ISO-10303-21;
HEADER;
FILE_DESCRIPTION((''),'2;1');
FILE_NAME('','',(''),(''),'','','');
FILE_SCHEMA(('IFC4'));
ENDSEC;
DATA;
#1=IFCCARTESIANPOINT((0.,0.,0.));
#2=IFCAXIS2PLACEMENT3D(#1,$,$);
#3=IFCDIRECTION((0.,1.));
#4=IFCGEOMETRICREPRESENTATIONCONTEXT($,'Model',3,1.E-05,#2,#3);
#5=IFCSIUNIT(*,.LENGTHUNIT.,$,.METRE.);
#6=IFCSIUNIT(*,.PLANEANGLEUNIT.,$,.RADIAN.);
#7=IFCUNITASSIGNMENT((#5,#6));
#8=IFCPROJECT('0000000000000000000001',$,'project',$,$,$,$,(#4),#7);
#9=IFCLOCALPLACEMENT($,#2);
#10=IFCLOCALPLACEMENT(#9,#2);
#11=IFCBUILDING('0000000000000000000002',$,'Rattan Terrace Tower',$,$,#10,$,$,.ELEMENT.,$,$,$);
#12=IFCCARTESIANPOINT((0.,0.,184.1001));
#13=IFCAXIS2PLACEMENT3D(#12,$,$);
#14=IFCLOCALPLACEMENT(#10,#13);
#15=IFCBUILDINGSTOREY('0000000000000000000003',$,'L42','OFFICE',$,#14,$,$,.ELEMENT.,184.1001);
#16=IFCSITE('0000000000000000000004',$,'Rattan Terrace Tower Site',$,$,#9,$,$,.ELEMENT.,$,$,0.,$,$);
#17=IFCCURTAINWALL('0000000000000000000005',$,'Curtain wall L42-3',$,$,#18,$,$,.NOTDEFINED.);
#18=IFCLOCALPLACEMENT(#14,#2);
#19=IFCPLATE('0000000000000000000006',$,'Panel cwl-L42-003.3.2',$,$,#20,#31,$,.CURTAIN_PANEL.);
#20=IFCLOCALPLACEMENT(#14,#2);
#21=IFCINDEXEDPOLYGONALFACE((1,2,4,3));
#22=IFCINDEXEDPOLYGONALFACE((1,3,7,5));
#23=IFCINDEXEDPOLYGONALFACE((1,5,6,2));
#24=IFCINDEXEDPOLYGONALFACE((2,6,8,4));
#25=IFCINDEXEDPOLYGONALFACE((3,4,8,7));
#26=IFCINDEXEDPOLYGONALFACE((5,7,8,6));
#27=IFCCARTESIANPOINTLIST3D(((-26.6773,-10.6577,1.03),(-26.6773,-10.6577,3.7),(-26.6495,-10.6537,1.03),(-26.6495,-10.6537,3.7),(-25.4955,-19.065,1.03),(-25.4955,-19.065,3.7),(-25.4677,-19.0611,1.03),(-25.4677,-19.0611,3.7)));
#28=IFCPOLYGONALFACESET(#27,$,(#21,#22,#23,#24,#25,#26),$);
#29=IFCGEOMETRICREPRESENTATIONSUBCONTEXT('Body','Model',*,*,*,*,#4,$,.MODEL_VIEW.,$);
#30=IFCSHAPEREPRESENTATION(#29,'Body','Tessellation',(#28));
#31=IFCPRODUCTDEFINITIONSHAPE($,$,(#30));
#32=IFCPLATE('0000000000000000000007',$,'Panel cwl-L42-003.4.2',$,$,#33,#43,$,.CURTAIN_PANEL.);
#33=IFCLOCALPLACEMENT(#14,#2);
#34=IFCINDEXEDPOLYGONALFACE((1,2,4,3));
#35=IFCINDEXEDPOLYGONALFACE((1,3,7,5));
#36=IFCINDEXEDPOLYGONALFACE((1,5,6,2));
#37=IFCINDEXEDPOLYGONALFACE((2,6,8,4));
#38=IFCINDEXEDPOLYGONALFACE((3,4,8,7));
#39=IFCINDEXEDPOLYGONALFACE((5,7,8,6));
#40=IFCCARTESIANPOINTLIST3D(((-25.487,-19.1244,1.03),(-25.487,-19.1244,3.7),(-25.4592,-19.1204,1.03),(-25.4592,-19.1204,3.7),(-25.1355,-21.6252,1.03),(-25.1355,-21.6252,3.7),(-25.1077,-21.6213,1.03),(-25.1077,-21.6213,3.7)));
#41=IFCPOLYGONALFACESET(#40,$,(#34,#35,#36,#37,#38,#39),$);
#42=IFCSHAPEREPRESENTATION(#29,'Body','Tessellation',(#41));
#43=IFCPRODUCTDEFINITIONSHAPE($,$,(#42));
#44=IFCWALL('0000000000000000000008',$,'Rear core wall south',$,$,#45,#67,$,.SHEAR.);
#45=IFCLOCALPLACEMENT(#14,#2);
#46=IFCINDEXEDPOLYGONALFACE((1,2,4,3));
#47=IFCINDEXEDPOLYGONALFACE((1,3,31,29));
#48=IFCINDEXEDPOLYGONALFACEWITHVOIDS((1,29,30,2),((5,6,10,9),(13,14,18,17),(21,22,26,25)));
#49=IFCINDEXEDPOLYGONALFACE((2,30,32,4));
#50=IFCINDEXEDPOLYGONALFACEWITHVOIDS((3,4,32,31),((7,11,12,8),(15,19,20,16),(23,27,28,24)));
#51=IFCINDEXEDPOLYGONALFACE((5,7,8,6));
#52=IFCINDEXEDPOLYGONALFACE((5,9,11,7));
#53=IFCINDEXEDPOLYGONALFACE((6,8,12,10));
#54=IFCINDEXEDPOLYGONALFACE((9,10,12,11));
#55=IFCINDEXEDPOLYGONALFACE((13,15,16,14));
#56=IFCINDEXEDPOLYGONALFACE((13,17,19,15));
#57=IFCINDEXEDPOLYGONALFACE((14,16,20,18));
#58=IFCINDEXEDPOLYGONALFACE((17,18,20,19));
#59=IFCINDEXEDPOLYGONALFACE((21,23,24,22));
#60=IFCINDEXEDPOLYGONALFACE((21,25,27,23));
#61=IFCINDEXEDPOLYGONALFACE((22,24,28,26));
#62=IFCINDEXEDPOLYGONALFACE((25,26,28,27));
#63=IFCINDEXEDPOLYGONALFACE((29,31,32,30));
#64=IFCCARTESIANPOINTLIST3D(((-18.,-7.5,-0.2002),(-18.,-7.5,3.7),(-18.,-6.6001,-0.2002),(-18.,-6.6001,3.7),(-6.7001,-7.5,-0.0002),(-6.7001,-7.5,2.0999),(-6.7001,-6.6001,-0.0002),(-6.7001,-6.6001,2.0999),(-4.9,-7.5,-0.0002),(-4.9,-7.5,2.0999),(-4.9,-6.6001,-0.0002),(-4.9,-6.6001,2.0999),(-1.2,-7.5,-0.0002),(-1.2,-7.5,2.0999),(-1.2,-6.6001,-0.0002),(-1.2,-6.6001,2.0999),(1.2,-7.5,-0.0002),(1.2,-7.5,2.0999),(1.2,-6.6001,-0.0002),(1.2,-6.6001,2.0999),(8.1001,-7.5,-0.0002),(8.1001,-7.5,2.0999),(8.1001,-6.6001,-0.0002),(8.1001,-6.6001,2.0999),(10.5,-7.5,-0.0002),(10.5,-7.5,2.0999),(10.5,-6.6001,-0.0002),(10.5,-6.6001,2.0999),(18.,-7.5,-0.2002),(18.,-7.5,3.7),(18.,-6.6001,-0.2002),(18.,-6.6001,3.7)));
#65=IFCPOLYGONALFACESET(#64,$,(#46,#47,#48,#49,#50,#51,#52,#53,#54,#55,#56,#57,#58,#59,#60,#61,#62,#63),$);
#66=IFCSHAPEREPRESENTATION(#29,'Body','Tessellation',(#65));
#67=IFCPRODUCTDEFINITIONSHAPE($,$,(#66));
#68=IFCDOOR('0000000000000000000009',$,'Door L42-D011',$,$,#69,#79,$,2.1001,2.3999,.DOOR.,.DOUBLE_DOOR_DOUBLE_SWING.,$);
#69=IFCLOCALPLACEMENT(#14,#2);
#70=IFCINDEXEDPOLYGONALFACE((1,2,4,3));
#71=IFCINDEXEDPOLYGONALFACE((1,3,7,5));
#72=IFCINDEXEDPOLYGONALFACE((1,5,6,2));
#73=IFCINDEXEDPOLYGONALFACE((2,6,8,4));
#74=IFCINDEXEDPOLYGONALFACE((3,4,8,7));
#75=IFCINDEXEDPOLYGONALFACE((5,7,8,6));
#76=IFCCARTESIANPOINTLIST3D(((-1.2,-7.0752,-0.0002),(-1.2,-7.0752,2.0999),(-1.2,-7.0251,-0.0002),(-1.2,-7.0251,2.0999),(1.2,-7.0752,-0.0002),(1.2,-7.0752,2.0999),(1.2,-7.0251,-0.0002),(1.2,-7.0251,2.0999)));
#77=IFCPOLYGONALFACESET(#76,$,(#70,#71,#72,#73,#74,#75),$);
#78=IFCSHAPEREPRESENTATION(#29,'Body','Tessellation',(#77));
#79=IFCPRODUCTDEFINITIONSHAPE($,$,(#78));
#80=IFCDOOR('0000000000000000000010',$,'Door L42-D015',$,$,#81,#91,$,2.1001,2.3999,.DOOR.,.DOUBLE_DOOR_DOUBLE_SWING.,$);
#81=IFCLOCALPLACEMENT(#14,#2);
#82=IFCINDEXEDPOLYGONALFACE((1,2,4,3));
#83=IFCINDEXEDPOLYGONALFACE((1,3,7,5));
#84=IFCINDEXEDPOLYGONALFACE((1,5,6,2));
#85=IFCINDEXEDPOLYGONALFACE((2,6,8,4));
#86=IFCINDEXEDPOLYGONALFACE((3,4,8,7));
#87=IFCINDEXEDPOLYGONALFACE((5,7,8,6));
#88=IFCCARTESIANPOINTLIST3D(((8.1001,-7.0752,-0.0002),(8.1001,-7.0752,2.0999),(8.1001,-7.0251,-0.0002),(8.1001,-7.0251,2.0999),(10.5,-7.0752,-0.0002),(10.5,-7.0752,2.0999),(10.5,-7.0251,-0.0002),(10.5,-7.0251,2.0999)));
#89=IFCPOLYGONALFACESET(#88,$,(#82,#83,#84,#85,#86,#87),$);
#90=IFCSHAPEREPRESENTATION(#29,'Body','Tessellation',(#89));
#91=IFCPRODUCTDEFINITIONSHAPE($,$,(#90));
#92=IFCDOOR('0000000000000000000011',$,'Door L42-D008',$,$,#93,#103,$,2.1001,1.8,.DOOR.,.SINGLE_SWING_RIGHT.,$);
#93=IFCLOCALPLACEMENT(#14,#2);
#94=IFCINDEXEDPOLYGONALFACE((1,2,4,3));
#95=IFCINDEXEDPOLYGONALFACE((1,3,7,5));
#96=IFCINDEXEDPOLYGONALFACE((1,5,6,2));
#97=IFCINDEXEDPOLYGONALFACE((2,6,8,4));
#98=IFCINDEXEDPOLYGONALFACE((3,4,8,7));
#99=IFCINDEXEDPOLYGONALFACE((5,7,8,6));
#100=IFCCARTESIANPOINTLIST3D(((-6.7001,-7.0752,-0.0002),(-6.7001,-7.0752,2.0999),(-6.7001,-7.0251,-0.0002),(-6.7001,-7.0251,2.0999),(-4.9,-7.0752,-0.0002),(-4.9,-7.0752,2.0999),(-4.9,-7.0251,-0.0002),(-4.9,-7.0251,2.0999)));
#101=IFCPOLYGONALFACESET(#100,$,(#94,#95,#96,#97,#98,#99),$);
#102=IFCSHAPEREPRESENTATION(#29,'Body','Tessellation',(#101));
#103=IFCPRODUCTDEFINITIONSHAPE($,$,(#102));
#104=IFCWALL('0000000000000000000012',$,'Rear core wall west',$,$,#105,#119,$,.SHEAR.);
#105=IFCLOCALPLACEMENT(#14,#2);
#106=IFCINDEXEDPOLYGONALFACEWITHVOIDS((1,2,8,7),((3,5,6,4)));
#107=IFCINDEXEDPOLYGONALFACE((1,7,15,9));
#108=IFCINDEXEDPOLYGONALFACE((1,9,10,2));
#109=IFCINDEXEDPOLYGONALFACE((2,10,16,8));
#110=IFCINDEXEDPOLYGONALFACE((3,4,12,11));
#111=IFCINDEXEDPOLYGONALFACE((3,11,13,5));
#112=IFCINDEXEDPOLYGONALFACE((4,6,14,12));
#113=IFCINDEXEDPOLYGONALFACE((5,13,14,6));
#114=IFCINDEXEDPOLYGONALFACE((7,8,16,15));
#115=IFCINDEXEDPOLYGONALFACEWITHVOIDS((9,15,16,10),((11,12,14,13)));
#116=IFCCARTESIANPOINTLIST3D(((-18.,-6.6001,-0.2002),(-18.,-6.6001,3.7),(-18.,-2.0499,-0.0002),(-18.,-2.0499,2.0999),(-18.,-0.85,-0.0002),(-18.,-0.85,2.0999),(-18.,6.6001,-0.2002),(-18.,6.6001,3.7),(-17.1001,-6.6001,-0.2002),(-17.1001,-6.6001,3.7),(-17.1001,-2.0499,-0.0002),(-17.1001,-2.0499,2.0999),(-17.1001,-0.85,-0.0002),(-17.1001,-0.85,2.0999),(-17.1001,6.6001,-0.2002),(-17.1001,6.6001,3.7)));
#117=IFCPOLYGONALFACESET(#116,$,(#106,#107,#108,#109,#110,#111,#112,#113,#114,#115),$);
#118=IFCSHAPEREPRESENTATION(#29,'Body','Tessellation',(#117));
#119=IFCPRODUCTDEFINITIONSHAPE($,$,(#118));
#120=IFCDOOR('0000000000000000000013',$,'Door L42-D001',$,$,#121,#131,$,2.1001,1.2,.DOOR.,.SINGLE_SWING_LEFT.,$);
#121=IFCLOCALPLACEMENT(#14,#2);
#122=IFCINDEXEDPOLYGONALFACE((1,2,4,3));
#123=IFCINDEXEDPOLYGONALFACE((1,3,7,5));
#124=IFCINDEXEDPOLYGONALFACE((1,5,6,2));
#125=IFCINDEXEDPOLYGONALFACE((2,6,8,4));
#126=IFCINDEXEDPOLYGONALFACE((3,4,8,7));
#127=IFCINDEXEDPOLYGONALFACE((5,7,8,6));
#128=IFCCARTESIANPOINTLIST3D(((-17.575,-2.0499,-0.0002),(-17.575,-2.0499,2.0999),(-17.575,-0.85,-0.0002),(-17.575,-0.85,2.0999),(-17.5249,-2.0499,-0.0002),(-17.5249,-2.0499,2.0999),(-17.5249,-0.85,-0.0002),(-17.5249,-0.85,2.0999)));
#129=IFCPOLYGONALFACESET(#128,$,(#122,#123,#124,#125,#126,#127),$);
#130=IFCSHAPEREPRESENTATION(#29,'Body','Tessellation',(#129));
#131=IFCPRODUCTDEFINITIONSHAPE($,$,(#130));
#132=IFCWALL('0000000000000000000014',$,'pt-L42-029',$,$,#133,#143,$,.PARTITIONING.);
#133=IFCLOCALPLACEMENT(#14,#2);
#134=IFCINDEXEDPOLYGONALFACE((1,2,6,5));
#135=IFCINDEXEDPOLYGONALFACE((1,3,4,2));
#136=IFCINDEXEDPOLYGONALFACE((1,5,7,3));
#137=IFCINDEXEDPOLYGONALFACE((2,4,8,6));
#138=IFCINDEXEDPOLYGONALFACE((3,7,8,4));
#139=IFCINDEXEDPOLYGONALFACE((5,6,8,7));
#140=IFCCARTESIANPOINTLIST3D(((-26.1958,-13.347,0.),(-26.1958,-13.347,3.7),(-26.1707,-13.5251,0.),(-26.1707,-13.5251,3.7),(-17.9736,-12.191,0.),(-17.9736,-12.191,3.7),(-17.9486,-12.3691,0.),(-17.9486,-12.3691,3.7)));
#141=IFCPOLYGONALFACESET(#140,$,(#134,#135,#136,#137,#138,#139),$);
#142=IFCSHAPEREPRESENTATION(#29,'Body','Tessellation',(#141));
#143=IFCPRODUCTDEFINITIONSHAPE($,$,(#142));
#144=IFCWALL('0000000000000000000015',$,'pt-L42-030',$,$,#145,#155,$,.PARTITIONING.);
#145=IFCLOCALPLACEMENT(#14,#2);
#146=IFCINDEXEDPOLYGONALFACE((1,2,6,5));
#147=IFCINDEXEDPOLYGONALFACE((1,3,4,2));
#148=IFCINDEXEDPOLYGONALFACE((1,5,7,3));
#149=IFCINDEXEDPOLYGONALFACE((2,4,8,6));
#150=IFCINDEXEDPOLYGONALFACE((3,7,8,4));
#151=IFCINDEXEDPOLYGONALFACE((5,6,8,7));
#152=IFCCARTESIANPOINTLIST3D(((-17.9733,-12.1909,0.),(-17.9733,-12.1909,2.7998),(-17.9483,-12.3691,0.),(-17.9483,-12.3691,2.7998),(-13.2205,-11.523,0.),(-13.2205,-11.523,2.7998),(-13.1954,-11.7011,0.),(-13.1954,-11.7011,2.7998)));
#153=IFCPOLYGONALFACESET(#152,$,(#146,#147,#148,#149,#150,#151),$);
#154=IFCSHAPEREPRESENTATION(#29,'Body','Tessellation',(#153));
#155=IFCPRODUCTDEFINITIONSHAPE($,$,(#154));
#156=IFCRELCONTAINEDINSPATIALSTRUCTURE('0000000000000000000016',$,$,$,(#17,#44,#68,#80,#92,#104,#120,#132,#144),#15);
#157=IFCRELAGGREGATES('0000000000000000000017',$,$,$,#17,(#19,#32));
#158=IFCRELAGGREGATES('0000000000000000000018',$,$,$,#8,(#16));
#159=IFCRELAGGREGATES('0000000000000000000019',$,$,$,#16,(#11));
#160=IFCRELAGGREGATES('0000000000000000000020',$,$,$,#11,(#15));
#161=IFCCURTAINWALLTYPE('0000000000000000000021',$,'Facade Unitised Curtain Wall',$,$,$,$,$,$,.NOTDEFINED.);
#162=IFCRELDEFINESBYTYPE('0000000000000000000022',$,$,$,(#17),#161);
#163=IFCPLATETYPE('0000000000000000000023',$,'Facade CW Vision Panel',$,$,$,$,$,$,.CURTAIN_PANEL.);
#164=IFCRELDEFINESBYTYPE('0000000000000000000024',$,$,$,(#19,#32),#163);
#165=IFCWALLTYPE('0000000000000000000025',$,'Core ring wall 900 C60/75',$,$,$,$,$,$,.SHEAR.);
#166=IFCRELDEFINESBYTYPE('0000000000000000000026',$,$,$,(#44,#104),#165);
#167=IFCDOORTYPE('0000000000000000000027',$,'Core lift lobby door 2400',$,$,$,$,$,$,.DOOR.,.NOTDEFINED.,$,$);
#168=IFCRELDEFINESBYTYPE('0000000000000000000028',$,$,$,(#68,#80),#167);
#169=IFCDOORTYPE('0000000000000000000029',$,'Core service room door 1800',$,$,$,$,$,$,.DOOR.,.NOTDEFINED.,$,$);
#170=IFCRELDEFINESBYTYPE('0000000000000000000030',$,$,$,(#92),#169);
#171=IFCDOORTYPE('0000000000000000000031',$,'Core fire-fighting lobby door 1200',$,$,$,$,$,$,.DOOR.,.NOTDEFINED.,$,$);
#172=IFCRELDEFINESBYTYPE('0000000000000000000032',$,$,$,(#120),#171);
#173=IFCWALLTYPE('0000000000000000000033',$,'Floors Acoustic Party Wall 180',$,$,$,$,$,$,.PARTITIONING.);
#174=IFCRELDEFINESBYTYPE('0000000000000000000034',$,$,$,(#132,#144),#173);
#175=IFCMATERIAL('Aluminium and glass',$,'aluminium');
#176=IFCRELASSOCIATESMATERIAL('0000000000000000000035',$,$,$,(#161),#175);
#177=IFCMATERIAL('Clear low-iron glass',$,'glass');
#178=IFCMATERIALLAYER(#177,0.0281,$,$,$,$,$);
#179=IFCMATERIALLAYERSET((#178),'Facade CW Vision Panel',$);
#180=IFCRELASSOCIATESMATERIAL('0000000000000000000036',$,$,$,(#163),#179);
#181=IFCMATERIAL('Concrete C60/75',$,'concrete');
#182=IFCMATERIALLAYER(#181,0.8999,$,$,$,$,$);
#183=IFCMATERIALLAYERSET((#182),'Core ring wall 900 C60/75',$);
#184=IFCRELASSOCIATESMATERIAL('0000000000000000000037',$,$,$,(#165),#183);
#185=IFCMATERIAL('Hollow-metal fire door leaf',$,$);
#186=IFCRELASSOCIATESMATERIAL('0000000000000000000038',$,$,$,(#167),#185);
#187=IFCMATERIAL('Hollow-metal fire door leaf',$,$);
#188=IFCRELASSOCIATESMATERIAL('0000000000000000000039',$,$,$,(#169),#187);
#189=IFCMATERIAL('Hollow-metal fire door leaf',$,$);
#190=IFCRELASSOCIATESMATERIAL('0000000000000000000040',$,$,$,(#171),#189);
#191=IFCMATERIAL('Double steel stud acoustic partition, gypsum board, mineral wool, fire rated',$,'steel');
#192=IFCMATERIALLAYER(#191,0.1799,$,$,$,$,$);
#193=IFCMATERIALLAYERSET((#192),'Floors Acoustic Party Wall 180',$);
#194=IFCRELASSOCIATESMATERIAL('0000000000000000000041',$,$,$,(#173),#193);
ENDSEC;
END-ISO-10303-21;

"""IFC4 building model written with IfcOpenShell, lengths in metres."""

from ifc_helpers import new_model, si_unit, direction, frame, frame_2d, origin, origin_2d, place, context, subcontext, project, spatial, rectangle, extrude, material, layer, layer_set, type_object, element, fill, aggregate, save


model = new_model("IFC4")

# Units and contexts
model_context = context("Model", 3, precision=1e-05, world=origin(), true_north=direction((0.0, 1.0)))
body_context = subcontext(model_context, "Body", "Model", "MODEL_VIEW")
ifc_project = project(units=[si_unit("LENGTHUNIT", "METRE"), si_unit("PLANEANGLEUNIT", "RADIAN")], contexts=[model_context])

# Site, building, storey
site_placement = place(None, origin())
site = spatial("IfcSite", under=ifc_project, at=site_placement, Name="Rattan Terrace Tower Site", CompositionType="ELEMENT", RefElevation=0.0)
building_placement = place(site_placement, origin())
building = spatial("IfcBuilding", under=site, at=building_placement, Name="Rattan Terrace Tower", CompositionType="ELEMENT")
storey_placement = place(building_placement, frame((0.0, 0.0, 184.1001)))
storey = spatial("IfcBuildingStorey", under=building, at=storey_placement, Name="L42", Description="OFFICE", CompositionType="ELEMENT", Elevation=184.1001)

# Curtain wall
ifc_material_1 = material(Name="Aluminium and glass", Category="aluminium")
curtain_wall_type = type_object("IfcCurtainWallType", Name="Facade Unitised Curtain Wall", PredefinedType="NOTDEFINED", material=ifc_material_1)
curtain_wall_placement = place(storey_placement, origin())
curtain_wall = element("IfcCurtainWall", 1, at=curtain_wall_placement, inside=storey, type_object=curtain_wall_type, Name="Curtain wall L42-3", PredefinedType="NOTDEFINED")

# Plates
ifc_material_2 = material(Name="Clear low-iron glass", Category="glass")
ifc_layer_1 = layer(ifc_material_2, 0.0281)
ifc_layer_set_1 = layer_set([ifc_layer_1], Name="Facade CW Vision Panel")
plate_type_1 = type_object("IfcPlateType", Name="Facade CW Vision Panel", PredefinedType="CURTAIN_PANEL", material=ifc_layer_set_1)
plate_1_placement = place(storey_placement, frame((-26.0725, -14.8594, 1.03), z_axis=(0.0, 0.0, 1.0), x_axis=(0.139191, -0.990266, 0.0)))
plate_1 = element("IfcPlate", 2, at=plate_1_placement, type_object=plate_type_1, Name="Panel cwl-L42-003.3.2", PredefinedType="CURTAIN_PANEL", context=body_context, shape_type="SweptSolid", body=[
    extrude(rectangle(XDim=8.49, YDim=0.0281, at=origin_2d()), origin(), (0.0, 0.0, 1.0), 2.6699),
])
plate_2_placement = place(storey_placement, frame((-25.2974, -20.3728, 1.03), z_axis=(0.0, 0.0, 1.0), x_axis=(0.139191, -0.990266, 0.0)))
plate_2 = element("IfcPlate", 3, at=plate_2_placement, type_object=plate_type_1, Name="Panel cwl-L42-003.4.2", PredefinedType="CURTAIN_PANEL", context=body_context, shape_type="SweptSolid", body=[
    extrude(rectangle(XDim=2.5254, YDim=0.0281, at=origin_2d()), origin(), (0.0, 0.0, 1.0), 2.6699),
])
aggregate(curtain_wall, [plate_1, plate_2])

# Wall, openings, doors
ifc_material_3 = material(Name="Concrete C60/75", Category="concrete")
ifc_layer_2 = layer(ifc_material_3, 0.8999)
ifc_layer_set_2 = layer_set([ifc_layer_2], Name="Core ring wall 900 C60/75")
wall_type_1 = type_object("IfcWallType", Name="Core ring wall 900 C60/75", PredefinedType="SHEAR", material=ifc_layer_set_2)
wall_1_placement = place(storey_placement, frame((-18.0, -7.05, -0.2002), z_axis=(0.0, 0.0, 1.0), x_axis=(1.0, 0.0, 0.0)))
wall_1 = element("IfcWall", 4, at=wall_1_placement, inside=storey, type_object=wall_type_1, Name="Rear core wall south", PredefinedType="SHEAR", context=body_context, shape_type="SweptSolid", body=[
    extrude(rectangle(XDim=36.0, YDim=0.8999, at=frame_2d((18.0, 0.0))), origin(), (0.0, 0.0, 1.0), 3.9001),
])
opening_1_placement = place(wall_1_placement, frame((11.3, 0.0, 0.2)))
opening_1 = element("IfcOpeningElement", 5, at=opening_1_placement, cuts=wall_1, PredefinedType="OPENING", context=body_context, shape_type="SweptSolid", body=[
    extrude(rectangle(XDim=1.8, YDim=2.1001, at=frame_2d((0.8999, 1.05))), frame((0.0, 0.4604, 0.0), z_axis=(0.0, -1.0, 0.0), x_axis=(1.0, 0.0, 0.0)), (0.0, 0.0, 1.0), 0.9209),
])
opening_2_placement = place(wall_1_placement, frame((16.8, 0.0, 0.2)))
opening_2 = element("IfcOpeningElement", 6, at=opening_2_placement, cuts=wall_1, PredefinedType="OPENING", context=body_context, shape_type="SweptSolid", body=[
    extrude(rectangle(XDim=2.3999, YDim=2.1001, at=frame_2d((1.2, 1.05))), frame((0.0, 0.4604, 0.0), z_axis=(0.0, -1.0, 0.0), x_axis=(1.0, 0.0, 0.0)), (0.0, 0.0, 1.0), 0.9209),
])
opening_3_placement = place(wall_1_placement, frame((26.1001, 0.0, 0.2)))
opening_3 = element("IfcOpeningElement", 7, at=opening_3_placement, cuts=wall_1, PredefinedType="OPENING", context=body_context, shape_type="SweptSolid", body=[
    extrude(rectangle(XDim=2.3999, YDim=2.1001, at=frame_2d((1.2, 1.05))), frame((0.0, 0.4604, 0.0), z_axis=(0.0, -1.0, 0.0), x_axis=(1.0, 0.0, 0.0)), (0.0, 0.0, 1.0), 0.9209),
])
ifc_material_4 = material(Name="Hollow-metal fire door leaf")
door_type_1 = type_object("IfcDoorType", Name="Core lift lobby door 2400", OperationType="NOTDEFINED", PredefinedType="DOOR", material=ifc_material_4)
door_1_placement = place(opening_2_placement, origin())
door_1 = element("IfcDoor", 8, at=door_1_placement, inside=storey, type_object=door_type_1, Name="Door L42-D011", OperationType="DOUBLE_DOOR_DOUBLE_SWING", OverallHeight=2.1001, OverallWidth=2.3999, PredefinedType="DOOR", context=body_context, shape_type="SweptSolid", body=[
    extrude(rectangle(XDim=2.3999, YDim=2.1001, at=frame_2d((1.2, 1.05))), frame((0.0, 0.0249, 0.0), z_axis=(0.0, -1.0, 0.0), x_axis=(1.0, 0.0, 0.0)), (0.0, 0.0, 1.0), 0.05),
])
fill(opening_2, door_1)
door_2_placement = place(opening_3_placement, origin())
door_2 = element("IfcDoor", 9, at=door_2_placement, inside=storey, type_object=door_type_1, Name="Door L42-D015", OperationType="DOUBLE_DOOR_DOUBLE_SWING", OverallHeight=2.1001, OverallWidth=2.3999, PredefinedType="DOOR", context=body_context, shape_type="SweptSolid", body=[
    extrude(rectangle(XDim=2.3999, YDim=2.1001, at=frame_2d((1.2, 1.05))), frame((0.0, 0.0249, 0.0), z_axis=(0.0, -1.0, 0.0), x_axis=(1.0, 0.0, 0.0)), (0.0, 0.0, 1.0), 0.05),
])
fill(opening_3, door_2)
ifc_material_5 = material(Name="Hollow-metal fire door leaf")
door_type_2 = type_object("IfcDoorType", Name="Core service room door 1800", OperationType="NOTDEFINED", PredefinedType="DOOR", material=ifc_material_5)
door_3_placement = place(opening_1_placement, origin())
door_3 = element("IfcDoor", 10, at=door_3_placement, inside=storey, type_object=door_type_2, Name="Door L42-D008", OperationType="SINGLE_SWING_RIGHT", OverallHeight=2.1001, OverallWidth=1.8, PredefinedType="DOOR", context=body_context, shape_type="SweptSolid", body=[
    extrude(rectangle(XDim=1.8, YDim=2.1001, at=frame_2d((0.8999, 1.05))), frame((0.0, 0.0249, 0.0), z_axis=(0.0, -1.0, 0.0), x_axis=(1.0, 0.0, 0.0)), (0.0, 0.0, 1.0), 0.05),
])
fill(opening_1, door_3)

# Wall, opening, door
wall_2_placement = place(storey_placement, frame((-17.55, -6.6001, -0.2002), z_axis=(0.0, 0.0, 1.0), x_axis=(0.0, 1.0, 0.0)))
wall_2 = element("IfcWall", 11, at=wall_2_placement, inside=storey, type_object=wall_type_1, Name="Rear core wall west", PredefinedType="SHEAR", context=body_context, shape_type="SweptSolid", body=[
    extrude(rectangle(XDim=13.2002, YDim=0.8999, at=frame_2d((6.6001, 0.0))), origin(), (0.0, 0.0, 1.0), 3.9001),
])
opening_4_placement = place(wall_2_placement, frame((4.55, 0.0, 0.2)))
opening_4 = element("IfcOpeningElement", 12, at=opening_4_placement, cuts=wall_2, PredefinedType="OPENING", context=body_context, shape_type="SweptSolid", body=[
    extrude(rectangle(XDim=1.2, YDim=2.1001, at=frame_2d((0.6001, 1.05))), frame((0.0, 0.4604, 0.0), z_axis=(0.0, -1.0, 0.0), x_axis=(1.0, 0.0, 0.0)), (0.0, 0.0, 1.0), 0.9209),
])
ifc_material_6 = material(Name="Hollow-metal fire door leaf")
door_type_3 = type_object("IfcDoorType", Name="Core fire-fighting lobby door 1200", OperationType="NOTDEFINED", PredefinedType="DOOR", material=ifc_material_6)
door_4_placement = place(opening_4_placement, origin())
door_4 = element("IfcDoor", 13, at=door_4_placement, inside=storey, type_object=door_type_3, Name="Door L42-D001", OperationType="SINGLE_SWING_LEFT", OverallHeight=2.1001, OverallWidth=1.2, PredefinedType="DOOR", context=body_context, shape_type="SweptSolid", body=[
    extrude(rectangle(XDim=1.2, YDim=2.1001, at=frame_2d((0.6001, 1.05))), frame((0.0, 0.0249, 0.0), z_axis=(0.0, -1.0, 0.0), x_axis=(1.0, 0.0, 0.0)), (0.0, 0.0, 1.0), 0.05),
])
fill(opening_4, door_4)

# Walls
ifc_material_7 = material(Name="Double steel stud acoustic partition, gypsum board, mineral wool, fire rated", Category="steel")
ifc_layer_3 = layer(ifc_material_7, 0.1799)
ifc_layer_set_3 = layer_set([ifc_layer_3], Name="Floors Acoustic Party Wall 180")
wall_type_2 = type_object("IfcWallType", Name="Floors Acoustic Party Wall 180", PredefinedType="PARTITIONING", material=ifc_layer_set_3)
wall_3_placement = place(storey_placement, frame((-26.1831, -13.436, 0.0), z_axis=(0.0, 0.0, 1.0), x_axis=(0.990261, 0.139227, 0.0)))
element("IfcWall", 14, at=wall_3_placement, inside=storey, type_object=wall_type_2, Name="pt-L42-029", PredefinedType="PARTITIONING", context=body_context, shape_type="SweptSolid", body=[
    extrude(rectangle(XDim=8.303, YDim=0.1799, at=frame_2d((4.1514, 0.0))), origin(), (0.0, 0.0, 1.0), 3.7),
])
wall_4_placement = place(storey_placement, frame((-17.9609, -12.28, 0.0), z_axis=(0.0, 0.0, 1.0), x_axis=(0.990268, 0.139171, 0.0)))
element("IfcWall", 15, at=wall_4_placement, inside=storey, type_object=wall_type_2, Name="pt-L42-030", PredefinedType="PARTITIONING", context=body_context, shape_type="SweptSolid", body=[
    extrude(rectangle(XDim=4.7996, YDim=0.1799, at=frame_2d((2.3999, 0.0))), origin(), (0.0, 0.0, 1.0), 2.7998),
])

save(model, "model.ifc")
